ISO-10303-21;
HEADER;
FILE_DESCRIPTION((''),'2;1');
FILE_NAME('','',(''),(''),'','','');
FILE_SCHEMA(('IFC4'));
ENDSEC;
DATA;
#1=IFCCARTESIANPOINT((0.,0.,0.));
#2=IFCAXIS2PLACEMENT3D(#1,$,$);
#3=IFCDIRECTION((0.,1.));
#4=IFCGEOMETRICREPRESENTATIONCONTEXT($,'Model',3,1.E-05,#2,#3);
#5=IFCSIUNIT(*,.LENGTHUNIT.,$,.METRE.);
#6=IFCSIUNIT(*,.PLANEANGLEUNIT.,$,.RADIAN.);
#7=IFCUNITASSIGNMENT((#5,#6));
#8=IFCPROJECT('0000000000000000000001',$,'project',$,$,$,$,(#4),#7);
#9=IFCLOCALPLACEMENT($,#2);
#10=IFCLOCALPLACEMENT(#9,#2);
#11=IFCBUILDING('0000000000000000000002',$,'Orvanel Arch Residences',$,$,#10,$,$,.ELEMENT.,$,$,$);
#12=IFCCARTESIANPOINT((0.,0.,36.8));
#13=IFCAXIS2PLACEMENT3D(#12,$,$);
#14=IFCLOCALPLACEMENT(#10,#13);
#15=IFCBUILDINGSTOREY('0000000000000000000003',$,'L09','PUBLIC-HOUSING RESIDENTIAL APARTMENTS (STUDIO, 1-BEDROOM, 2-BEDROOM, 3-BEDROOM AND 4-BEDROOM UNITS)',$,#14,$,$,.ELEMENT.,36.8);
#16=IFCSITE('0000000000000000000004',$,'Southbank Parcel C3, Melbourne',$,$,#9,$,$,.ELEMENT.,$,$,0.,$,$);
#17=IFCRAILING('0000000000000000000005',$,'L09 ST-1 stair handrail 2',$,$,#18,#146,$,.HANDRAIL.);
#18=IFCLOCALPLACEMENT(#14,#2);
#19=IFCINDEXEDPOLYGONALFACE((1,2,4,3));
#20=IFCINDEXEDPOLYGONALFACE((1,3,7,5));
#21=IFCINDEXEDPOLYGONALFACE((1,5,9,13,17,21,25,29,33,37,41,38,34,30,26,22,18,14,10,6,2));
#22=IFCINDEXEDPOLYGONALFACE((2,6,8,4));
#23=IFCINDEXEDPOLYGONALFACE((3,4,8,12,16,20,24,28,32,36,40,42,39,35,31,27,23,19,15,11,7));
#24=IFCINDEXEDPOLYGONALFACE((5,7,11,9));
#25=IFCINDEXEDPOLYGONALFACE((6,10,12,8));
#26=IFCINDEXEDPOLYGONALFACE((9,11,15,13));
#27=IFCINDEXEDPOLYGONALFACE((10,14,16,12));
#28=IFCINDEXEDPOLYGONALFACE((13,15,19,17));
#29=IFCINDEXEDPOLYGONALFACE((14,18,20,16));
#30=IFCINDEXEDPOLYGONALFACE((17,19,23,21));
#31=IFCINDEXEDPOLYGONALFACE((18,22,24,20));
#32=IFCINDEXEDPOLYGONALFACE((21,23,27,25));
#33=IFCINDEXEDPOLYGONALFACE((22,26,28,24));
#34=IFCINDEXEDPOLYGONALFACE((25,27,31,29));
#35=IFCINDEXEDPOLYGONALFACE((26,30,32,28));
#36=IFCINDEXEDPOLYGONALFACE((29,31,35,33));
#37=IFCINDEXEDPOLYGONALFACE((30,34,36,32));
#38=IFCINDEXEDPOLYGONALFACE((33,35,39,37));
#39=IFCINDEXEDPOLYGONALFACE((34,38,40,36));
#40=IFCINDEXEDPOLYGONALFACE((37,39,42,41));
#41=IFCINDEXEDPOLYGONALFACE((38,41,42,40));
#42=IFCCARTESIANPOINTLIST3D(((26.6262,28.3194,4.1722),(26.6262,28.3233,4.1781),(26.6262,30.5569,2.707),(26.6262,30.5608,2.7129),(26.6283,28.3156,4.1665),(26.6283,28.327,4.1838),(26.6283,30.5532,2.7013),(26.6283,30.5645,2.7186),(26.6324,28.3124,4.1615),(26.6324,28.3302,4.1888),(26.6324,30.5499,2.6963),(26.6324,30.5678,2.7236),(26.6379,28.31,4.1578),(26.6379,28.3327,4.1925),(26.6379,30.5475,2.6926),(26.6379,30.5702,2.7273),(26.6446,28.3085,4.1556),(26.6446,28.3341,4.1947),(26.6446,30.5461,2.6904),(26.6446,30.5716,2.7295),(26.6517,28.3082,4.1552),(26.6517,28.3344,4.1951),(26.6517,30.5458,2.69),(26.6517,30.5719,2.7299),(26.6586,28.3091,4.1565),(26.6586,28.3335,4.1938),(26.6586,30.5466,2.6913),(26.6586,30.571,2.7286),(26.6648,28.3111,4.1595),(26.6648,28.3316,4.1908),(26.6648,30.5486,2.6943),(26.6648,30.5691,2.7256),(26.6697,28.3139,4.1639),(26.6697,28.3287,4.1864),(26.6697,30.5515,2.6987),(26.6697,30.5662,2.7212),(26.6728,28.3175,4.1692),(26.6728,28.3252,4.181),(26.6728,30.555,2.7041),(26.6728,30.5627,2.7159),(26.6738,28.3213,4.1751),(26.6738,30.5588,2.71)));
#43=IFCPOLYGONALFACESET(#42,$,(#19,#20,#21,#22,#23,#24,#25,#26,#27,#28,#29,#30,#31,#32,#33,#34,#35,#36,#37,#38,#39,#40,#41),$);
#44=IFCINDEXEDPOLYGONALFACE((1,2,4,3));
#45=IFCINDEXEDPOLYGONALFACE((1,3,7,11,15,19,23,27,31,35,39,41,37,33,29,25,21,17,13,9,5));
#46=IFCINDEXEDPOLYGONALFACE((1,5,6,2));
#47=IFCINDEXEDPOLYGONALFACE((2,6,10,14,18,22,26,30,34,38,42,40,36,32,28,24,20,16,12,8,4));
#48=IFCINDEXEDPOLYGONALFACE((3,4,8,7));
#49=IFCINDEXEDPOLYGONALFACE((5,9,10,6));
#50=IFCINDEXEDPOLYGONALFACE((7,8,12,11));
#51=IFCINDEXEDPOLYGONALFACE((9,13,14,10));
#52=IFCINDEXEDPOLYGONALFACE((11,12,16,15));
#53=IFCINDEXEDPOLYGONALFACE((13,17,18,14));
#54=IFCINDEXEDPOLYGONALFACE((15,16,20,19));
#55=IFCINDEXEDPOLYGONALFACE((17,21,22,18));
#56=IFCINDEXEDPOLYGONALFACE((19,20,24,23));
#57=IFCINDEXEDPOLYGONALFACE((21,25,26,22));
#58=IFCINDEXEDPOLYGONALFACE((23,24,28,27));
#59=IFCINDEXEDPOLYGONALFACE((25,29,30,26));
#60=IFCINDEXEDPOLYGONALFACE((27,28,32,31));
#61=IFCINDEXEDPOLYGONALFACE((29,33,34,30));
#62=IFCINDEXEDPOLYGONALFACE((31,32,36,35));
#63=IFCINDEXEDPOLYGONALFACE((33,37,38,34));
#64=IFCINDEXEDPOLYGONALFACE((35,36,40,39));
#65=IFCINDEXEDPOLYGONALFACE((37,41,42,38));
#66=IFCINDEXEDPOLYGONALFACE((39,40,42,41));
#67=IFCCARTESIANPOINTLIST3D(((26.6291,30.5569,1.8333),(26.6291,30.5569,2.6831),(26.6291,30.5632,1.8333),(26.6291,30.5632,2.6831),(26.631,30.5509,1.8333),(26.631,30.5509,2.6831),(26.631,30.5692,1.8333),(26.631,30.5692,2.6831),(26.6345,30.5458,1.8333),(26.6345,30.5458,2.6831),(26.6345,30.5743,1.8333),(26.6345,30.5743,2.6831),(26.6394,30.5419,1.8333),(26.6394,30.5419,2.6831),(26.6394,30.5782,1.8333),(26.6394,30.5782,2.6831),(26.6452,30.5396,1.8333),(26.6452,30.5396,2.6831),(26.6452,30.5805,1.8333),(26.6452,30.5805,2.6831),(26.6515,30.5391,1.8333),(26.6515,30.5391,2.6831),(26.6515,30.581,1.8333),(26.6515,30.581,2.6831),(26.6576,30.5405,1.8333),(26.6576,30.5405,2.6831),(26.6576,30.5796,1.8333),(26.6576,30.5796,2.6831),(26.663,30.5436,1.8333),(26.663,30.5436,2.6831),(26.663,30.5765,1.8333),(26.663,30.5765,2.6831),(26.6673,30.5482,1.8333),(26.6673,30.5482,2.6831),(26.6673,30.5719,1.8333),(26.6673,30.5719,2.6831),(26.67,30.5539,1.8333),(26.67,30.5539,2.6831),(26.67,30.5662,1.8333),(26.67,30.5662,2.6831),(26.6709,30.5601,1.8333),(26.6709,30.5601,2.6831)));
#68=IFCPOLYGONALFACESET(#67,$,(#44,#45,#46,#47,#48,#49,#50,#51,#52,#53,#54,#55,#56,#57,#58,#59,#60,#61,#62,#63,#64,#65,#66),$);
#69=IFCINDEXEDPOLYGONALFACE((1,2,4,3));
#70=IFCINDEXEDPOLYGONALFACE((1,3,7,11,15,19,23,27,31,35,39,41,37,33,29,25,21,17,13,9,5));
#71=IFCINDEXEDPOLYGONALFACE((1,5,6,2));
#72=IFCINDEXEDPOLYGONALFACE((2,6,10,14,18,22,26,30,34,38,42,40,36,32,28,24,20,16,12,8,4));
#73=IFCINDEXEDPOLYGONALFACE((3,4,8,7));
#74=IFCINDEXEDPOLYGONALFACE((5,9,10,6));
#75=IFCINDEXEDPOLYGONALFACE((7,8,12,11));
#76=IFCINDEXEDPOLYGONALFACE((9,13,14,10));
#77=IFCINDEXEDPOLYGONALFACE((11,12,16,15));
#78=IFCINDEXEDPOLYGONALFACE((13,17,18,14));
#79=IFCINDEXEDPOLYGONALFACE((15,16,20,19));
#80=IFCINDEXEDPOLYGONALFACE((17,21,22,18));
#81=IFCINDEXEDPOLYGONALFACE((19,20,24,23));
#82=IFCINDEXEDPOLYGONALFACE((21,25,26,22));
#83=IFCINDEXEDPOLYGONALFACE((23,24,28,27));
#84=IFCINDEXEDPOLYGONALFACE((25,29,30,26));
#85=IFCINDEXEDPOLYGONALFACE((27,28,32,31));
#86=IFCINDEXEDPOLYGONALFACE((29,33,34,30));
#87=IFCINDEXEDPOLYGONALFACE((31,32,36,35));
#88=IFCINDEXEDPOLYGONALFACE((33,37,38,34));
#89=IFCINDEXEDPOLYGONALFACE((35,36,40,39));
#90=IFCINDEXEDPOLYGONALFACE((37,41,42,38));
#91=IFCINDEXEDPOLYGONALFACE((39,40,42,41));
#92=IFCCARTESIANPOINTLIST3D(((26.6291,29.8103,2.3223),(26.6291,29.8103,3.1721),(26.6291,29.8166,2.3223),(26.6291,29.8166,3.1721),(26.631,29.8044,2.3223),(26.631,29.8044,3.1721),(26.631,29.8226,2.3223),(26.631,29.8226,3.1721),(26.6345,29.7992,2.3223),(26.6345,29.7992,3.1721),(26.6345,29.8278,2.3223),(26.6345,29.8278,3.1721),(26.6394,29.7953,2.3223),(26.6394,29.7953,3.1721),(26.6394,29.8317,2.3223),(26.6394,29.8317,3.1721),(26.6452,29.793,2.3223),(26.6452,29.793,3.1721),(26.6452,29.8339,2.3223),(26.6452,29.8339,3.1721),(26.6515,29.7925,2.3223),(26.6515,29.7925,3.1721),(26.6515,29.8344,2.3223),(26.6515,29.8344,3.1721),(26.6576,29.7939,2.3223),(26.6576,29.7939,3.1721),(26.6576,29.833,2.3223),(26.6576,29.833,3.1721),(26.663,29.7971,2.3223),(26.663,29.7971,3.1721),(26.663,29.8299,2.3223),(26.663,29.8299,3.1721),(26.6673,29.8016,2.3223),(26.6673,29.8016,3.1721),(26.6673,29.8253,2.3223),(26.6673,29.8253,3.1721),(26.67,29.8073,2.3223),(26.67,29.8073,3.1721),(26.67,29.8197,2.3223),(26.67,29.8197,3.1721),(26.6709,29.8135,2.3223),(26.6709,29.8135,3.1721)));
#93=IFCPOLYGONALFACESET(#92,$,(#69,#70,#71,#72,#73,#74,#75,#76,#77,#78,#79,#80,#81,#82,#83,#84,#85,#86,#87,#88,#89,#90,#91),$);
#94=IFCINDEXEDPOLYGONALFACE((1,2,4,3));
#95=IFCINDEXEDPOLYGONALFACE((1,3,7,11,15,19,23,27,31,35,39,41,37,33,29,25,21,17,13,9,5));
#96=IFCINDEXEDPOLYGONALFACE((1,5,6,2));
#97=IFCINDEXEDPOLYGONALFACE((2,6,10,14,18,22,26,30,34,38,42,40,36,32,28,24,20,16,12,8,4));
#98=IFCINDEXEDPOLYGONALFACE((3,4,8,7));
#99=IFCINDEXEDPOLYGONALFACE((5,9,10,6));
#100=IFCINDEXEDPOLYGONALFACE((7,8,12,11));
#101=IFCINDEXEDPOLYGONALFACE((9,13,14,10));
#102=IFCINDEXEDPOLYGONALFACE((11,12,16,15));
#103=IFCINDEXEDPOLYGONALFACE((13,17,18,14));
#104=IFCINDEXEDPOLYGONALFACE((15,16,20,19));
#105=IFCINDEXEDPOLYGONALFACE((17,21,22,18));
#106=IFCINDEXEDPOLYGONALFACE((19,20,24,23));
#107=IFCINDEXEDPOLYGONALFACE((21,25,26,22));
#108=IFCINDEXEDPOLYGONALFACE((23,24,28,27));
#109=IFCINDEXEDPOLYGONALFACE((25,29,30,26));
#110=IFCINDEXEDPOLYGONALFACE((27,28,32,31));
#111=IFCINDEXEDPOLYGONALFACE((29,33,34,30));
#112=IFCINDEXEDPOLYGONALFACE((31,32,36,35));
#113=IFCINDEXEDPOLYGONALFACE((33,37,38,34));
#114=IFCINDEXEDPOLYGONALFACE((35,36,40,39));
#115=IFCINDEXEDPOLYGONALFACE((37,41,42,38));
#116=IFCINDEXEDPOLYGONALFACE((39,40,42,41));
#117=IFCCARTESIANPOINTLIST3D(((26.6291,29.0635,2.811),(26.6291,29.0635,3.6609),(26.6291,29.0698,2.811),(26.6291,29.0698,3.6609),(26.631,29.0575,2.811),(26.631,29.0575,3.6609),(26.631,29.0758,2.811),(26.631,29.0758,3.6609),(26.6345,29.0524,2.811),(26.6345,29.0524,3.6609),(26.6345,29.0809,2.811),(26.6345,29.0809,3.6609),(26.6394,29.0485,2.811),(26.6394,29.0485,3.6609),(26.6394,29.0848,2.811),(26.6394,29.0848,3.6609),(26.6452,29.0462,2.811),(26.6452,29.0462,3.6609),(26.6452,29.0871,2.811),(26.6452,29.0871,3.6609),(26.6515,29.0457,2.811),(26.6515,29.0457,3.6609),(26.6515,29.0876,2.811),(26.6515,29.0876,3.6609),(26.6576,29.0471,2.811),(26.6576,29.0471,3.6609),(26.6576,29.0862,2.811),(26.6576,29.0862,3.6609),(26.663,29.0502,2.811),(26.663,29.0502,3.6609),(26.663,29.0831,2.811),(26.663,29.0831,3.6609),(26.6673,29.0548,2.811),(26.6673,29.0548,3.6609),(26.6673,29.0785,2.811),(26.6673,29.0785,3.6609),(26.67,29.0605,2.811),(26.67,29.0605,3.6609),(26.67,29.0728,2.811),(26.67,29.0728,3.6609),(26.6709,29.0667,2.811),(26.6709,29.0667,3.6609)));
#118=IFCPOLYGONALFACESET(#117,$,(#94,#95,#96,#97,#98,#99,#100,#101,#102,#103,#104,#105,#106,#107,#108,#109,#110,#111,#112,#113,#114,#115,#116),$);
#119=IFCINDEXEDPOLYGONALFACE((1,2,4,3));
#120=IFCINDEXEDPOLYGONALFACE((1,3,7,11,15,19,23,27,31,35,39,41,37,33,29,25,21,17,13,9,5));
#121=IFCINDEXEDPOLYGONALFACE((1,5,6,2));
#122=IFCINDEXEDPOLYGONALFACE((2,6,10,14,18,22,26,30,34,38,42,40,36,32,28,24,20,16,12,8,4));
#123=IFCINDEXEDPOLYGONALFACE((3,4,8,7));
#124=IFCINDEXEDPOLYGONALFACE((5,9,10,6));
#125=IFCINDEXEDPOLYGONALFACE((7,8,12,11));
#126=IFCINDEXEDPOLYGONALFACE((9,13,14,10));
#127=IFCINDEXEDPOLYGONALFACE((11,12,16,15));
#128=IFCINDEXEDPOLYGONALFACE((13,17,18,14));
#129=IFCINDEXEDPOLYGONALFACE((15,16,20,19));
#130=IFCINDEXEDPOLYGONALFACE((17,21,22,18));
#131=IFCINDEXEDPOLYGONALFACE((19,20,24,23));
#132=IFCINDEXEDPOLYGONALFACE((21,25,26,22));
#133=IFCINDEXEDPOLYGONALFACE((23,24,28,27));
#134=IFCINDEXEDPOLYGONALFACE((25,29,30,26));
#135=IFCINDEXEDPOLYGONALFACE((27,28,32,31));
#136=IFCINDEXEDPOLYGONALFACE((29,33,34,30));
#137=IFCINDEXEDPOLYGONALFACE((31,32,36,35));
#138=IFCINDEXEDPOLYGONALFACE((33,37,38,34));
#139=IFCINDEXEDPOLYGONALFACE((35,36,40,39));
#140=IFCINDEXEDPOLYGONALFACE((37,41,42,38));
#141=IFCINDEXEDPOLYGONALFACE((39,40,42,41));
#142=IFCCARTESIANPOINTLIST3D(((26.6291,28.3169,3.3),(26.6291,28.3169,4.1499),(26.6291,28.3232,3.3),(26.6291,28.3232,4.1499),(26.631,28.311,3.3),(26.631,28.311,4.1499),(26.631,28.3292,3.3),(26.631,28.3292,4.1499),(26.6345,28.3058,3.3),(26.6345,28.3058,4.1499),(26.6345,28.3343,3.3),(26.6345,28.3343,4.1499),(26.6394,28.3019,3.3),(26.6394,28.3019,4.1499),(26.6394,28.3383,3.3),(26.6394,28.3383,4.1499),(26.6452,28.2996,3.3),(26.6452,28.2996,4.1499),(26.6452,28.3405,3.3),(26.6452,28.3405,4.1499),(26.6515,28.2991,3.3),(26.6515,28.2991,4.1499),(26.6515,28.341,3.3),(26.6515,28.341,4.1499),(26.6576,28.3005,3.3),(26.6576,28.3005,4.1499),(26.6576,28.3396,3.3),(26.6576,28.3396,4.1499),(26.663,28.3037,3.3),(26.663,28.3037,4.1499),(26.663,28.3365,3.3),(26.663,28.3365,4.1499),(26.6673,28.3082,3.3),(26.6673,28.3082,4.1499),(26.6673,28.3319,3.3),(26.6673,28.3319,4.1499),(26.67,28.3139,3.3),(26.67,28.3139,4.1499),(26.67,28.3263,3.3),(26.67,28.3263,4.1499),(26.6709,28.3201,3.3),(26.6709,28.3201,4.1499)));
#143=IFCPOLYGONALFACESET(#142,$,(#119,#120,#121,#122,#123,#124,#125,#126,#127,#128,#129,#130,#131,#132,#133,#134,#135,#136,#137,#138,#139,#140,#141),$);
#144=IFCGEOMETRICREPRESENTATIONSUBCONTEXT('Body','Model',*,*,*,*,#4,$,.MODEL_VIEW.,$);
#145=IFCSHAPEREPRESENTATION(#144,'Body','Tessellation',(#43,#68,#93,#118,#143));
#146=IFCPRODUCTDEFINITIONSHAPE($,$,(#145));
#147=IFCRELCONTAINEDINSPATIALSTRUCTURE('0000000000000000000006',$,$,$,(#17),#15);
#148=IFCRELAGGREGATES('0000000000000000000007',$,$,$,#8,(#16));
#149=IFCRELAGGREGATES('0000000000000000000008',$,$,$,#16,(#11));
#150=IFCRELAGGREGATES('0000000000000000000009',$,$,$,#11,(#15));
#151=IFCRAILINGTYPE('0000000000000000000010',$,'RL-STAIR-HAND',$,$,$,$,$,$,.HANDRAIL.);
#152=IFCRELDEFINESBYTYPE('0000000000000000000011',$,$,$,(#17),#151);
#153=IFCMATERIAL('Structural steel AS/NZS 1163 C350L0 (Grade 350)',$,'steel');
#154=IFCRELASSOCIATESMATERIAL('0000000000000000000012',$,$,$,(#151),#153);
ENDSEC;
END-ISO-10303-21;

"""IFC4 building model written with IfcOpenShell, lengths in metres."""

from ifc_helpers import new_model, si_unit, direction, frame, origin, origin_2d, place, context, subcontext, project, spatial, circle, extrude, material, type_object, element, save


model = new_model("IFC4")

# Units and contexts
model_context = context("Model", 3, precision=1e-05, world=origin(), true_north=direction((0.0, 1.0)))
body_context = subcontext(model_context, "Body", "Model", "MODEL_VIEW")
ifc_project = project(units=[si_unit("LENGTHUNIT", "METRE"), si_unit("PLANEANGLEUNIT", "RADIAN")], contexts=[model_context])

# Site, building, storey
site_placement = place(None, origin())
site = spatial("IfcSite", under=ifc_project, at=site_placement, Name="Southbank Parcel C3, Melbourne", CompositionType="ELEMENT", RefElevation=0.0)
building_placement = place(site_placement, origin())
building = spatial("IfcBuilding", under=site, at=building_placement, Name="Orvanel Arch Residences", CompositionType="ELEMENT")
storey_placement = place(building_placement, frame((0.0, 0.0, 36.8)))
storey = spatial("IfcBuildingStorey", under=building, at=storey_placement, Name="L09", Description="PUBLIC-HOUSING RESIDENTIAL APARTMENTS (STUDIO, 1-BEDROOM, 2-BEDROOM, 3-BEDROOM AND 4-BEDROOM UNITS)", CompositionType="ELEMENT", Elevation=36.8)

# Railing
ifc_material_1 = material(Name="Structural steel AS/NZS 1163 C350L0 (Grade 350)", Category="steel")
railing_type_1 = type_object("IfcRailingType", Name="RL-STAIR-HAND", PredefinedType="HANDRAIL", material=ifc_material_1)
railing_1_placement = place(storey_placement, frame((26.6499, 30.5601, 1.8333)))
element("IfcRailing", 1, at=railing_1_placement, inside=storey, type_object=railing_type_1, Name="L09 ST-1 stair handrail 2", PredefinedType="HANDRAIL", context=body_context, shape_type="SweptSolid", body=[
    extrude(circle(Radius=0.0239, at=origin_2d()), frame((0.0, -0.0012, 0.8767), z_axis=(0.0, -0.836595, 0.547822), x_axis=(1.0, 0.0, 0.0)), (0.0, 0.0, 1.0), 2.6746),
    extrude(circle(Radius=0.021, at=origin_2d()), origin(), (0.0, 0.0, 1.0), 0.8499),
    extrude(circle(Radius=0.021, at=origin_2d()), frame((0.0, -0.7466, 0.489)), (0.0, 0.0, 1.0), 0.8499),
    extrude(circle(Radius=0.021, at=origin_2d()), frame((0.0, -1.4934, 0.9778)), (0.0, 0.0, 1.0), 0.8499),
    extrude(circle(Radius=0.021, at=origin_2d()), frame((0.0, -2.24, 1.4668)), (0.0, 0.0, 1.0), 0.8499),
])

save(model, "model.ifc")
